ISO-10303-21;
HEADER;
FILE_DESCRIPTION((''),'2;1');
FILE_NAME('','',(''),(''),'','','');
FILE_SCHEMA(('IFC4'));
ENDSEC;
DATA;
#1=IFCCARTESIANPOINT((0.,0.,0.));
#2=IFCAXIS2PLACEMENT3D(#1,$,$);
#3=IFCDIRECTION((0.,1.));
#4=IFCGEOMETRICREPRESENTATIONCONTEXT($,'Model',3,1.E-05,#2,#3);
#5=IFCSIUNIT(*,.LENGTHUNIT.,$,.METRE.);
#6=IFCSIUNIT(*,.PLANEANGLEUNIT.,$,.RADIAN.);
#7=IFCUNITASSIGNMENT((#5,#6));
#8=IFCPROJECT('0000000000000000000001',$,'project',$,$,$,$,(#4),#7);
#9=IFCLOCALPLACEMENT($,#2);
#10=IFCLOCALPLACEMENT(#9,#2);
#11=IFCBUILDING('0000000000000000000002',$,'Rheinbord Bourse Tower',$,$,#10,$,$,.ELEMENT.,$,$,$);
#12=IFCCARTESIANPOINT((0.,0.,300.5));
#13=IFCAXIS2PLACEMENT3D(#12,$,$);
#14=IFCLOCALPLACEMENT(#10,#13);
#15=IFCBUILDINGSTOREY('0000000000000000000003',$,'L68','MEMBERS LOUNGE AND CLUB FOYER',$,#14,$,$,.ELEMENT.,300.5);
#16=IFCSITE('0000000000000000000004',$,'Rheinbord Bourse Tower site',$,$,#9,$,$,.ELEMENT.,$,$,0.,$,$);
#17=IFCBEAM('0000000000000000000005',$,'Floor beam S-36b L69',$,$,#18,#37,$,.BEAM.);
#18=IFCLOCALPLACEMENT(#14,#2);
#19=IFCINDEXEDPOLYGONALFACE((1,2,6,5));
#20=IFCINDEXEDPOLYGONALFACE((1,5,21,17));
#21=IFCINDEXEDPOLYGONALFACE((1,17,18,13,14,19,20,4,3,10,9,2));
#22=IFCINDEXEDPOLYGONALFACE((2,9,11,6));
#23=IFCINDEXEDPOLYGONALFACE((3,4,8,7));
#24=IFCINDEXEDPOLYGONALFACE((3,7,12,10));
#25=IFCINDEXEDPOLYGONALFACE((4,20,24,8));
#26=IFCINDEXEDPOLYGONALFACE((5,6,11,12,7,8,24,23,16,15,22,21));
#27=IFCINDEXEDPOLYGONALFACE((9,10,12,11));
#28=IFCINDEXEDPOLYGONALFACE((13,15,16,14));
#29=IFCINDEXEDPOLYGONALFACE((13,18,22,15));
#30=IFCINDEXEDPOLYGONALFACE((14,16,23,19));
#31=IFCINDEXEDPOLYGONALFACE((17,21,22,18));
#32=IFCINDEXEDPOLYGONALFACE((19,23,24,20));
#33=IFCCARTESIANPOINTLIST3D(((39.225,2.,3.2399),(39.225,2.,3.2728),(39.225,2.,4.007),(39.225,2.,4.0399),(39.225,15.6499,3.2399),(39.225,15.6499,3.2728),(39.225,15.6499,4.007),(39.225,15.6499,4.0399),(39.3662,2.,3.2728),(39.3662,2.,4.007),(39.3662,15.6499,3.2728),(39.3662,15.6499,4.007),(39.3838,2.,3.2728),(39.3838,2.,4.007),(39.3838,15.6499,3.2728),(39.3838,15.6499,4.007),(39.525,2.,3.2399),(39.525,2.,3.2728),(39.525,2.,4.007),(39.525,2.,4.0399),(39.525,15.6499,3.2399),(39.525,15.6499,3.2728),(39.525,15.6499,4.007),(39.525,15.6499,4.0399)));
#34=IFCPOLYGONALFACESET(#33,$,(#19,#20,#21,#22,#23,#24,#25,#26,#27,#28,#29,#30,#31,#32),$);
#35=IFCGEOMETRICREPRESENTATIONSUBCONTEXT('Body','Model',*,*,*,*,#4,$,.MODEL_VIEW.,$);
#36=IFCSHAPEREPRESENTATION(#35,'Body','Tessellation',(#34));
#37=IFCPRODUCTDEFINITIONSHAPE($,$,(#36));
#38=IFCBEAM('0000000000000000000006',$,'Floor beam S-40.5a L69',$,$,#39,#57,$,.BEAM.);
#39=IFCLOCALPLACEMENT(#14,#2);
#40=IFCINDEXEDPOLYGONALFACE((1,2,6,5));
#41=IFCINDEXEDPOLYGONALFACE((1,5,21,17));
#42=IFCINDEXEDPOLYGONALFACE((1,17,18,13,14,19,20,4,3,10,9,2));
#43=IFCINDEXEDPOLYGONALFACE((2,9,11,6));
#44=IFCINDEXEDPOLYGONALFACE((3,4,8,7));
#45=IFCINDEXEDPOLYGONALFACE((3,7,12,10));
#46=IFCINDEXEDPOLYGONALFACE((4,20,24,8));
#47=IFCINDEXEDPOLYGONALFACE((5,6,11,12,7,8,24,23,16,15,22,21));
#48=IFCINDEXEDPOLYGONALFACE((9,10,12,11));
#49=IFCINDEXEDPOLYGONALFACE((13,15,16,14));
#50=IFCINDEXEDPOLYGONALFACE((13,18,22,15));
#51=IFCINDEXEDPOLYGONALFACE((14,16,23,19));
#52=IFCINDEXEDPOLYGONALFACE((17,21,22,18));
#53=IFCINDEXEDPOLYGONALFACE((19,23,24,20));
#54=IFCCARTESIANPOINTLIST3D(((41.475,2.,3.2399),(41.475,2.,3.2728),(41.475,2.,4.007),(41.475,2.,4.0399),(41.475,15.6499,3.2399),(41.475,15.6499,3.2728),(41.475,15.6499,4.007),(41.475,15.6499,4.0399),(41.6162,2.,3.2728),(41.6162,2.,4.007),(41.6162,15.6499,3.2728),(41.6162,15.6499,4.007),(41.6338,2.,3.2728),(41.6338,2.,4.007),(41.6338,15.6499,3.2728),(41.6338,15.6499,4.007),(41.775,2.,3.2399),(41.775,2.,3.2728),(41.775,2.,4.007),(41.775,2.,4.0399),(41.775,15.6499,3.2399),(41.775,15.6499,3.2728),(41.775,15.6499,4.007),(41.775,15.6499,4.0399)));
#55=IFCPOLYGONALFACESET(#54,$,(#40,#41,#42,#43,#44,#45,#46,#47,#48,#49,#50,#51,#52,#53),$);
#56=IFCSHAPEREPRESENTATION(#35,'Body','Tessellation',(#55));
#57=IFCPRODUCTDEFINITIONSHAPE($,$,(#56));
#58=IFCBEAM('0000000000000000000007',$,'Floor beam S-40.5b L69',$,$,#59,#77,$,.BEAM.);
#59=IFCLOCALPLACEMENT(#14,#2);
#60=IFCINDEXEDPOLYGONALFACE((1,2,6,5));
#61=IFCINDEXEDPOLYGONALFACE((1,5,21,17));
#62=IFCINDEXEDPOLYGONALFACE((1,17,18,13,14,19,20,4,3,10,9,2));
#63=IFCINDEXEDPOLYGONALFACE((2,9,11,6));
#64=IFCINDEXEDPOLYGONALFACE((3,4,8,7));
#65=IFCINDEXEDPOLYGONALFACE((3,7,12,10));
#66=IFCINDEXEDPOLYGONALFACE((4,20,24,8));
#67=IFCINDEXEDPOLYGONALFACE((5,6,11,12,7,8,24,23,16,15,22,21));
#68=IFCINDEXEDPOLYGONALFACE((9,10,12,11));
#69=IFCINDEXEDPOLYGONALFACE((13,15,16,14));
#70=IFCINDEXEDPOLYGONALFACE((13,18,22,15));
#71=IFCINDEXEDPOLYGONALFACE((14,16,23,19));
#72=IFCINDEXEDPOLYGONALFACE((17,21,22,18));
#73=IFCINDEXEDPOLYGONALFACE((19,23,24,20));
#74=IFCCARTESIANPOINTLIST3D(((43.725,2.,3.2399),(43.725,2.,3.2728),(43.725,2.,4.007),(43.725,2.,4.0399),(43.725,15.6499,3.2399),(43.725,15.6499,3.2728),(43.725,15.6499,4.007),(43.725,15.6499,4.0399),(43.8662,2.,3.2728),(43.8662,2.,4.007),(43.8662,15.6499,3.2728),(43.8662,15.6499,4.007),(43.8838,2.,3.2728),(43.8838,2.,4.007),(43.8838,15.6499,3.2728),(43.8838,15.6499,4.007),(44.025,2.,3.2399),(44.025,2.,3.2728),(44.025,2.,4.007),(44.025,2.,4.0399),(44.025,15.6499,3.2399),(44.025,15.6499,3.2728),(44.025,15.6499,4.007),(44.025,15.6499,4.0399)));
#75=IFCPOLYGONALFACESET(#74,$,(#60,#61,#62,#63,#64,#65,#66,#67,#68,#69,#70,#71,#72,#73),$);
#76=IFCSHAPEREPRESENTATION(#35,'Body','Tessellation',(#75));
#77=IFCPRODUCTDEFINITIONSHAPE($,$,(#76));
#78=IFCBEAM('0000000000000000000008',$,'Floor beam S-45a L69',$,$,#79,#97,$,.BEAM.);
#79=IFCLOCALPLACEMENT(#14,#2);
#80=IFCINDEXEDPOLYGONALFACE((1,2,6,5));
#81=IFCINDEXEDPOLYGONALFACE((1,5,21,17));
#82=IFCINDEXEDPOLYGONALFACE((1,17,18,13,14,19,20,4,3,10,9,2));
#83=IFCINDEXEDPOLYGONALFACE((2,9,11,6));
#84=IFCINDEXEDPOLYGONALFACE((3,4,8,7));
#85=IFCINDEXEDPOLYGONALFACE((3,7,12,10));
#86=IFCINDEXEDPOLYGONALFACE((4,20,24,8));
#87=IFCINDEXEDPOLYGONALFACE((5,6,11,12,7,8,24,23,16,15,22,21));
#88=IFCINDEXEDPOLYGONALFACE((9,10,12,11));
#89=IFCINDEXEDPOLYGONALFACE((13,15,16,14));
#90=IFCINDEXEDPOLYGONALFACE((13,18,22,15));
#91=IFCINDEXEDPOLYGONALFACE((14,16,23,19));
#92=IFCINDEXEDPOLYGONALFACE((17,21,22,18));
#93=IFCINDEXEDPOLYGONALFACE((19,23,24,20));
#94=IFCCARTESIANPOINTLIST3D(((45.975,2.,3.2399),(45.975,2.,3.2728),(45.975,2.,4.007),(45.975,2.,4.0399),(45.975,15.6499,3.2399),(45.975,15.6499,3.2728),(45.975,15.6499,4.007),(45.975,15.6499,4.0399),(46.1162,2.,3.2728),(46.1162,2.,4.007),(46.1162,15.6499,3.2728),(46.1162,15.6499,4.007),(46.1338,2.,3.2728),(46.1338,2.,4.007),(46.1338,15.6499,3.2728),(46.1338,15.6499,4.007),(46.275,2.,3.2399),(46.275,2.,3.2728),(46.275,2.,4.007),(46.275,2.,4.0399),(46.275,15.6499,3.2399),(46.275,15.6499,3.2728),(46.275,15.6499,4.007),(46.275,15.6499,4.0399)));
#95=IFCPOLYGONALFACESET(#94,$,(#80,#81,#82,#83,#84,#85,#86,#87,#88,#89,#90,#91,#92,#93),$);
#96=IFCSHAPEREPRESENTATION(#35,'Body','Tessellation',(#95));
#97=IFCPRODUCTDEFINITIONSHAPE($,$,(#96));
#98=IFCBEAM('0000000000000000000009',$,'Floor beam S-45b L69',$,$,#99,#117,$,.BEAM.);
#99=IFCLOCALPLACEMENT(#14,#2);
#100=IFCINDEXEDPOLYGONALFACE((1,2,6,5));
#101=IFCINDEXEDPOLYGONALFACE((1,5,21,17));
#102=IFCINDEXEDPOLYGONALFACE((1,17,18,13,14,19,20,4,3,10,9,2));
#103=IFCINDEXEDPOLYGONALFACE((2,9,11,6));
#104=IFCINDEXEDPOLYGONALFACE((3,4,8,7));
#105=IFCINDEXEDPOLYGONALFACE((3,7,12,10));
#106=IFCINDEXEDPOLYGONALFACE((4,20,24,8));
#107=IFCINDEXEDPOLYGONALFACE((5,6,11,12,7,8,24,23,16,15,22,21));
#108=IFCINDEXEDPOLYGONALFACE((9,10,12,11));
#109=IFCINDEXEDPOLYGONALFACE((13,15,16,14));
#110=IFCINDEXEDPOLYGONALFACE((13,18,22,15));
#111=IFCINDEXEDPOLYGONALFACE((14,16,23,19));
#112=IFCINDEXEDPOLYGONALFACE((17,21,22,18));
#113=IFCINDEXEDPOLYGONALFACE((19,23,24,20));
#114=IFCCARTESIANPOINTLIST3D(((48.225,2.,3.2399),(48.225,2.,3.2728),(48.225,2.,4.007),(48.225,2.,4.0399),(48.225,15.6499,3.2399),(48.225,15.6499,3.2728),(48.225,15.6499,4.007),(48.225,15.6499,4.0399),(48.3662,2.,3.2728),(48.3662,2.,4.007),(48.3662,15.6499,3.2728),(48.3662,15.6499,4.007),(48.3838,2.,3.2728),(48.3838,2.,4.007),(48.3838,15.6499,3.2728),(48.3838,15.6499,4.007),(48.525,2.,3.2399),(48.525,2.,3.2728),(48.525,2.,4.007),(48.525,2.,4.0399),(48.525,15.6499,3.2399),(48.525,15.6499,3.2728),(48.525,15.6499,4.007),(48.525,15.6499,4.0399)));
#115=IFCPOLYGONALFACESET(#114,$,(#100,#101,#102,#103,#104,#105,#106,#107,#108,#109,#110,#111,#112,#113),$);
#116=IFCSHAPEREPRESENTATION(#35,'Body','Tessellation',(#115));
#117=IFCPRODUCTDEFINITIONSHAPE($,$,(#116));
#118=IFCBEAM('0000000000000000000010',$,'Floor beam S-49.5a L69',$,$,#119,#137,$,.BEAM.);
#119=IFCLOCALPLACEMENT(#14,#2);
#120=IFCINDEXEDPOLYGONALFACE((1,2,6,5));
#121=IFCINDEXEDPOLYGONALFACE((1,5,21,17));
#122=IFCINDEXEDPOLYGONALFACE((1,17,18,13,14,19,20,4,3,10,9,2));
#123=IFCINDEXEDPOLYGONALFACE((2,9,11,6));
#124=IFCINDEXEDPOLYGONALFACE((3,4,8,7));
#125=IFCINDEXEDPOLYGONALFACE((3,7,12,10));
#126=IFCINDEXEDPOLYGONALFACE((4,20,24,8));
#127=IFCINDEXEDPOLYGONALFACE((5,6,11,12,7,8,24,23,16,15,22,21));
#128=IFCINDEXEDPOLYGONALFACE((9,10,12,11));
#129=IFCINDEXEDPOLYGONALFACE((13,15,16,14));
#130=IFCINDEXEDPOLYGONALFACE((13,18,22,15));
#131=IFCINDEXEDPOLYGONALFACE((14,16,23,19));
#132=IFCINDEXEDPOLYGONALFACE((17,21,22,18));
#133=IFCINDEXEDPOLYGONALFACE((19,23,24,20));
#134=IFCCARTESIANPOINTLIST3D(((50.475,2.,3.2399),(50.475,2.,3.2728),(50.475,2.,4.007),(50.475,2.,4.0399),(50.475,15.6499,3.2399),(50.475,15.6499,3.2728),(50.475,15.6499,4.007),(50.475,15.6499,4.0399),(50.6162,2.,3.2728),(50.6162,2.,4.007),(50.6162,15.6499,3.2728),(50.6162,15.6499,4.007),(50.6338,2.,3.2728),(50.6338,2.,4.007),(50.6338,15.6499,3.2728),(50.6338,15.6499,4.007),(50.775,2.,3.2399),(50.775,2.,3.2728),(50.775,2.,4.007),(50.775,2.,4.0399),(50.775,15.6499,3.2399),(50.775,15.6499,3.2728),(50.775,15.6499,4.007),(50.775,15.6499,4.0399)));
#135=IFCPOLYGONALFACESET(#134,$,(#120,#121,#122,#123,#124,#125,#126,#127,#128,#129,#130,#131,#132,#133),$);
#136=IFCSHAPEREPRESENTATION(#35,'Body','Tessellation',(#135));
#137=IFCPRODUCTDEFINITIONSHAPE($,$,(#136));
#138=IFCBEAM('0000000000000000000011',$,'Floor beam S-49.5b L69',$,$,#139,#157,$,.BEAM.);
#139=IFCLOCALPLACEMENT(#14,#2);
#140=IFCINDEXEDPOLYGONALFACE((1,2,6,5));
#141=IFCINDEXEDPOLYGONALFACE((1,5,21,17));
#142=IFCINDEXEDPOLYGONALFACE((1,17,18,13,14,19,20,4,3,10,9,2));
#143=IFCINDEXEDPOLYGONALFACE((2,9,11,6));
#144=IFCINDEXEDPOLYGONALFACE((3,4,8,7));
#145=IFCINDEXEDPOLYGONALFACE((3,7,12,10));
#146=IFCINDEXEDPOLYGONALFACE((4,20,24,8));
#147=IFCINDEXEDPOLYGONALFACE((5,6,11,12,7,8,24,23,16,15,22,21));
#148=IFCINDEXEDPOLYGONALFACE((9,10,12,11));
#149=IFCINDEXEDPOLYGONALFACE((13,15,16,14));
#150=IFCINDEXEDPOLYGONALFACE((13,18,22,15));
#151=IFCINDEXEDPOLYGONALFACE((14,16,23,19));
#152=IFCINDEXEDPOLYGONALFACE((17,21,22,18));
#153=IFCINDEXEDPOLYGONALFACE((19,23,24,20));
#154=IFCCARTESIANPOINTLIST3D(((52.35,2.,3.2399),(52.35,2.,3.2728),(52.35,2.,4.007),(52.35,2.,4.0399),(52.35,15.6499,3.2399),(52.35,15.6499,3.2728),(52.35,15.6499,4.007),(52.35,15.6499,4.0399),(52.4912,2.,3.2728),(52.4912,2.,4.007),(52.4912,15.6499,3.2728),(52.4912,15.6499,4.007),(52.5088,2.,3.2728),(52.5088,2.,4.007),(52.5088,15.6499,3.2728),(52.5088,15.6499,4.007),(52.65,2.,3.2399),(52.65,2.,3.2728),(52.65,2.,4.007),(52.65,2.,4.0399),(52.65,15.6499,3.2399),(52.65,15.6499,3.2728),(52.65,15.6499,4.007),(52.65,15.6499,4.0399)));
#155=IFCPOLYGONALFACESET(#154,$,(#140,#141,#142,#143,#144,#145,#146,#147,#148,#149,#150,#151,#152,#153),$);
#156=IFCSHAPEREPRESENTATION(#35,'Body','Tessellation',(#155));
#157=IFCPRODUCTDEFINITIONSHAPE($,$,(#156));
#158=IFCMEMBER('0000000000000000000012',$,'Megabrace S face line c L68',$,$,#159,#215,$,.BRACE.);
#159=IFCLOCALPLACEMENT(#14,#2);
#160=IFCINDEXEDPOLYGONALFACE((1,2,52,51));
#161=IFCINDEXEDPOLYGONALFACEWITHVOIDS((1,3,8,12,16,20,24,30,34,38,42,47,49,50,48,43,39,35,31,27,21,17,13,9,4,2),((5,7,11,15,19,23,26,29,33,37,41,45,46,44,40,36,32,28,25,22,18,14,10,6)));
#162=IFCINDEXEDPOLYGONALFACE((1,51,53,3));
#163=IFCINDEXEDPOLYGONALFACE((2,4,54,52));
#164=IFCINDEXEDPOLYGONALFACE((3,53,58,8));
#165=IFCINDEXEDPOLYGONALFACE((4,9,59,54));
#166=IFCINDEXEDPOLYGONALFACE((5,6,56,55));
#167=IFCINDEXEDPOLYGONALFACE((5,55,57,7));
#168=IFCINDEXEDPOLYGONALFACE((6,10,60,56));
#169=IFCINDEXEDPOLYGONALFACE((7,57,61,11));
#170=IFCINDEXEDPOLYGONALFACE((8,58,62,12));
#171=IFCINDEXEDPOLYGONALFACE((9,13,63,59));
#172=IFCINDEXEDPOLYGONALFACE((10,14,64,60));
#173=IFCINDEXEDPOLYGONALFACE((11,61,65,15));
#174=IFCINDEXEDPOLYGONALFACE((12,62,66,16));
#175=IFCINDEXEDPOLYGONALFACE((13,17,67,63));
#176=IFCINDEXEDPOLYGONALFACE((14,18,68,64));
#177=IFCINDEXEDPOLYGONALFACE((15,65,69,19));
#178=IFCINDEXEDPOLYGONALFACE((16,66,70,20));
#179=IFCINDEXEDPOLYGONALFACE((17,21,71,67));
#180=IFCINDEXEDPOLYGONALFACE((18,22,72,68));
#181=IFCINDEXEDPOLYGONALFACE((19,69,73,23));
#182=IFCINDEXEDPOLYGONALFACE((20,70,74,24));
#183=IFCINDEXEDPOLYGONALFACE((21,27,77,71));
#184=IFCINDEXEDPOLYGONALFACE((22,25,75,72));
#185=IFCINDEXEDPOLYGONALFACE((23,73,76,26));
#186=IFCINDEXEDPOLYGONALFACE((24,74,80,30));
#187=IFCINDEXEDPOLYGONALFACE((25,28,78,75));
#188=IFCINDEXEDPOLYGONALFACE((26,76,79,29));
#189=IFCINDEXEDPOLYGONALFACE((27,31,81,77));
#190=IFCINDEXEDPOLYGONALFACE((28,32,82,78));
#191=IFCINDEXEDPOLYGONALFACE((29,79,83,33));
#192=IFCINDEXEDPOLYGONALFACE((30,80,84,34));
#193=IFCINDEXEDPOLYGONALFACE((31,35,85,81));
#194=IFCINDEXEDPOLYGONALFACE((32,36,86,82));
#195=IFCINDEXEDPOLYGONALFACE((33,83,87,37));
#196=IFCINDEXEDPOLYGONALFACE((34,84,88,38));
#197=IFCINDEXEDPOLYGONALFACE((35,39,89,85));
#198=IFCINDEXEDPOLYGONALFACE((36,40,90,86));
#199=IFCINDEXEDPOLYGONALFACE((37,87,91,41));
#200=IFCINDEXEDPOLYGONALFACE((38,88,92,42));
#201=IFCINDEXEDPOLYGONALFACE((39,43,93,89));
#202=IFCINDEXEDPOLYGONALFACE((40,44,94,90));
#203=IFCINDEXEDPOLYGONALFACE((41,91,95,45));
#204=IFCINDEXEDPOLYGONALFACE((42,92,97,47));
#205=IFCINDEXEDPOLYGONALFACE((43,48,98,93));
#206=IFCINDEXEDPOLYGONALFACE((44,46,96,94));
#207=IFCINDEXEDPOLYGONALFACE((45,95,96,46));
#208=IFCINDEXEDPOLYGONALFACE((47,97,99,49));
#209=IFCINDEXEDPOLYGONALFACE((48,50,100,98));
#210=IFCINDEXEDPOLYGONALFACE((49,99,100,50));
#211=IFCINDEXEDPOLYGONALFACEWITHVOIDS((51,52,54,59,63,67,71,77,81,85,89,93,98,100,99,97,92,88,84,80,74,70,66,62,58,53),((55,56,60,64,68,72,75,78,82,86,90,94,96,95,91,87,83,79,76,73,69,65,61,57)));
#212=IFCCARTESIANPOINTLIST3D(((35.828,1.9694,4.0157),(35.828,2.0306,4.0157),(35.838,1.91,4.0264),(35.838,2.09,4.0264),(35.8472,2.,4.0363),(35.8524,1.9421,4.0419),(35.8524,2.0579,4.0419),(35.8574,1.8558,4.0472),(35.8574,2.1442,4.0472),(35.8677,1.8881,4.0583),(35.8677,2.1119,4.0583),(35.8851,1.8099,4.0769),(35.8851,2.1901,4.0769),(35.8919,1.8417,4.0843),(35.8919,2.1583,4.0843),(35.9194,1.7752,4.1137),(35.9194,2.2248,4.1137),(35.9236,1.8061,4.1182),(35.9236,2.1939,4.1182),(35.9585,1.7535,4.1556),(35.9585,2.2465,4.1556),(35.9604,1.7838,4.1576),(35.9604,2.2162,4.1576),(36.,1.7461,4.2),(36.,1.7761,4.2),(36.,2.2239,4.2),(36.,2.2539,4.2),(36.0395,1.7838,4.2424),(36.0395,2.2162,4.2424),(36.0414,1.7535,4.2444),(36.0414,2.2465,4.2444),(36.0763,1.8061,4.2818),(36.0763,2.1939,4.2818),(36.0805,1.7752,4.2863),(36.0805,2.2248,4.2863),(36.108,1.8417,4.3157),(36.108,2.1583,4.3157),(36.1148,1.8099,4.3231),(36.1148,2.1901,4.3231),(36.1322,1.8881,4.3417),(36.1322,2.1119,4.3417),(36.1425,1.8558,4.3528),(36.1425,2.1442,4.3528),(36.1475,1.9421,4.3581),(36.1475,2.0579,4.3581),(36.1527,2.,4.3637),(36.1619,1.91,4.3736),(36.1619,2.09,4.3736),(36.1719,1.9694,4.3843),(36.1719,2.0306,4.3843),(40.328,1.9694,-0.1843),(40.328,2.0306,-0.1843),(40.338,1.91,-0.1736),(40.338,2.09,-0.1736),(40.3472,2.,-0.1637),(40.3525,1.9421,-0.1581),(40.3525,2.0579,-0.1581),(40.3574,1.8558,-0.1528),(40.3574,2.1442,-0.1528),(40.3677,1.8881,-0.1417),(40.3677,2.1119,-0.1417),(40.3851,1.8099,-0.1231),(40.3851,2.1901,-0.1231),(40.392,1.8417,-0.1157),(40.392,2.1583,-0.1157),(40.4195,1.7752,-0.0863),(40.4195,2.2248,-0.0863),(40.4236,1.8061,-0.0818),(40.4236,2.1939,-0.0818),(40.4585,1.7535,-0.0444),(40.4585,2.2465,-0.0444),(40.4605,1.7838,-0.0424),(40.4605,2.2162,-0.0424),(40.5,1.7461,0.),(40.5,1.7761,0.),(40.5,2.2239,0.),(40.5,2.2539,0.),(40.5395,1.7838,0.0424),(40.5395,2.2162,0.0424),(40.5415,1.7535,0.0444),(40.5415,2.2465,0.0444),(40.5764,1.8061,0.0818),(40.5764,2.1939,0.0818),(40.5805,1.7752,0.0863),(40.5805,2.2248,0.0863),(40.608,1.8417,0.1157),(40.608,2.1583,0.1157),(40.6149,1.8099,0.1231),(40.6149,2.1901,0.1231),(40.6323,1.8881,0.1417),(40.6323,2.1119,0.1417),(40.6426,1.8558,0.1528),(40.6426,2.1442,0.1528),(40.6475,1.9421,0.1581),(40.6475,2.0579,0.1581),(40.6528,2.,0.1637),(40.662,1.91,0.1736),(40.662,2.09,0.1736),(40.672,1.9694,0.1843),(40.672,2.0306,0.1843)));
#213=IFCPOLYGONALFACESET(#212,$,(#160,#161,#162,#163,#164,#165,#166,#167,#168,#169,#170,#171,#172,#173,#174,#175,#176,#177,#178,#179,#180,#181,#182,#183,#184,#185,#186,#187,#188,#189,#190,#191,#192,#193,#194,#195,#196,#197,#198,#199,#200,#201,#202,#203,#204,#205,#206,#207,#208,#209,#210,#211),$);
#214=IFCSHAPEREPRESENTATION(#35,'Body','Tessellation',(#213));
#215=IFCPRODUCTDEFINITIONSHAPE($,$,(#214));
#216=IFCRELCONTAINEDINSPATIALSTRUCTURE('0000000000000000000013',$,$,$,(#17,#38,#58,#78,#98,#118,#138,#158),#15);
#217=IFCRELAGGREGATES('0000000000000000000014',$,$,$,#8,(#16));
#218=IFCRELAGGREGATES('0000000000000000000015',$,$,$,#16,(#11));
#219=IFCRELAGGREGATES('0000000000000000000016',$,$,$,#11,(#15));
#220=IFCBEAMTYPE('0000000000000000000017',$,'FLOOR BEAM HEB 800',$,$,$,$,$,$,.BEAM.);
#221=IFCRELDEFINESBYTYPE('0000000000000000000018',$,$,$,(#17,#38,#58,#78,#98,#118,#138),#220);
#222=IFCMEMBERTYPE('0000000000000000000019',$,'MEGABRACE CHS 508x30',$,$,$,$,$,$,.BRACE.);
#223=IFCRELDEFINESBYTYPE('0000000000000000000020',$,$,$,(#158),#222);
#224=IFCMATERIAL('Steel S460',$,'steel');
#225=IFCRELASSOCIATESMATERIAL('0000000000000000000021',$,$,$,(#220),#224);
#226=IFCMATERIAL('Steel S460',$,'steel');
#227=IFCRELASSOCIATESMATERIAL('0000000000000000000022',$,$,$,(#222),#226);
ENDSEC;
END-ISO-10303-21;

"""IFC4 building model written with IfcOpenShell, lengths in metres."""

from ifc_helpers import new_model, si_unit, direction, frame, origin, origin_2d, place, context, subcontext, project, spatial, hollow_circle, i_section, extrude, material, material_profile, profile_set, type_object, element, save


model = new_model("IFC4")

# Units and contexts
model_context = context("Model", 3, precision=1e-05, world=origin(), true_north=direction((0.0, 1.0)))
body_context = subcontext(model_context, "Body", "Model", "MODEL_VIEW")
ifc_project = project(units=[si_unit("LENGTHUNIT", "METRE"), si_unit("PLANEANGLEUNIT", "RADIAN")], contexts=[model_context])

# Site, building, storey
site_placement = place(None, origin())
site = spatial("IfcSite", under=ifc_project, at=site_placement, Name="Rheinbord Bourse Tower site", CompositionType="ELEMENT", RefElevation=0.0)
building_placement = place(site_placement, origin())
building = spatial("IfcBuilding", under=site, at=building_placement, Name="Rheinbord Bourse Tower", CompositionType="ELEMENT")
storey_placement = place(building_placement, frame((0.0, 0.0, 300.5)))
storey = spatial("IfcBuildingStorey", under=building, at=storey_placement, Name="L68", Description="MEMBERS LOUNGE AND CLUB FOYER", CompositionType="ELEMENT", Elevation=300.5)

# Beams
ifc_material_1 = material(Name="Steel S460", Category="steel")
ifc_material_profile_1 = material_profile(ifc_material_1, i_section(OverallWidth=0.3, OverallDepth=0.8, WebThickness=0.0176, FlangeThickness=0.033, at=origin_2d()), Name="HEB 800")
ifc_profile_set_1 = profile_set([ifc_material_profile_1], Name="Steel S460")
beam_type_1 = type_object("IfcBeamType", Name="FLOOR BEAM HEB 800", PredefinedType="BEAM", material=ifc_profile_set_1)
for number, where, z_axis, x_axis, name in (
    (1, (39.375, 2.0, 3.6399), (0.0, 1.0, 0.0), (-1.0, 0.0, 0.0), "Floor beam S-36b L69"),
    (2, (41.625, 2.0, 3.6399), (0.0, 1.0, 0.0), (-1.0, 0.0, 0.0), "Floor beam S-40.5a L69"),
    (3, (43.875, 2.0, 3.6399), (0.0, 1.0, 0.0), (-1.0, 0.0, 0.0), "Floor beam S-40.5b L69"),
    (4, (46.125, 2.0, 3.6399), (0.0, 1.0, 0.0), (-1.0, 0.0, 0.0), "Floor beam S-45a L69"),
    (5, (48.375, 2.0, 3.6399), (0.0, 1.0, 0.0), (-1.0, 0.0, 0.0), "Floor beam S-45b L69"),
    (6, (50.625, 2.0, 3.6399), (0.0, 1.0, 0.0), (-1.0, 0.0, 0.0), "Floor beam S-49.5a L69"),
    (7, (52.5, 2.0, 3.6399), (0.0, 1.0, 0.0), (-1.0, 0.0, 0.0), "Floor beam S-49.5b L69"),
):
    element("IfcBeam", number, at=place(storey_placement, frame(where, z_axis=z_axis, x_axis=x_axis)), inside=storey, type_object=beam_type_1, Name=name, PredefinedType="BEAM", context=body_context, shape_type="SweptSolid", body=[
        extrude(i_section(OverallWidth=0.3, OverallDepth=0.8, WebThickness=0.0176, FlangeThickness=0.033, at=origin_2d()), origin(), (0.0, 0.0, 1.0), 13.6499),
    ])

# Member
ifc_material_2 = material(Name="Steel S460", Category="steel")
ifc_material_profile_2 = material_profile(ifc_material_2, hollow_circle(Radius=0.2539, WallThickness=0.03, at=origin_2d()), Name="CHS 508x30")
ifc_profile_set_2 = profile_set([ifc_material_profile_2], Name="Steel S460")
member_type_1 = type_object("IfcMemberType", Name="MEGABRACE CHS 508x30", PredefinedType="BRACE", material=ifc_profile_set_2)
member_1_placement = place(storey_placement, frame((40.5, 2.0, 0.0), z_axis=(-0.731059, 0.0, 0.682314), x_axis=(0.0, -1.0, 0.0)))
element("IfcMember", 8, at=member_1_placement, inside=storey, type_object=member_type_1, Name="Megabrace S face line c L68", PredefinedType="BRACE", context=body_context, shape_type="SweptSolid", body=[
    extrude(hollow_circle(Radius=0.2539, WallThickness=0.03, at=origin_2d()), origin(), (0.0, 0.0, 1.0), 6.1555),
])

save(model, "model.ifc")
